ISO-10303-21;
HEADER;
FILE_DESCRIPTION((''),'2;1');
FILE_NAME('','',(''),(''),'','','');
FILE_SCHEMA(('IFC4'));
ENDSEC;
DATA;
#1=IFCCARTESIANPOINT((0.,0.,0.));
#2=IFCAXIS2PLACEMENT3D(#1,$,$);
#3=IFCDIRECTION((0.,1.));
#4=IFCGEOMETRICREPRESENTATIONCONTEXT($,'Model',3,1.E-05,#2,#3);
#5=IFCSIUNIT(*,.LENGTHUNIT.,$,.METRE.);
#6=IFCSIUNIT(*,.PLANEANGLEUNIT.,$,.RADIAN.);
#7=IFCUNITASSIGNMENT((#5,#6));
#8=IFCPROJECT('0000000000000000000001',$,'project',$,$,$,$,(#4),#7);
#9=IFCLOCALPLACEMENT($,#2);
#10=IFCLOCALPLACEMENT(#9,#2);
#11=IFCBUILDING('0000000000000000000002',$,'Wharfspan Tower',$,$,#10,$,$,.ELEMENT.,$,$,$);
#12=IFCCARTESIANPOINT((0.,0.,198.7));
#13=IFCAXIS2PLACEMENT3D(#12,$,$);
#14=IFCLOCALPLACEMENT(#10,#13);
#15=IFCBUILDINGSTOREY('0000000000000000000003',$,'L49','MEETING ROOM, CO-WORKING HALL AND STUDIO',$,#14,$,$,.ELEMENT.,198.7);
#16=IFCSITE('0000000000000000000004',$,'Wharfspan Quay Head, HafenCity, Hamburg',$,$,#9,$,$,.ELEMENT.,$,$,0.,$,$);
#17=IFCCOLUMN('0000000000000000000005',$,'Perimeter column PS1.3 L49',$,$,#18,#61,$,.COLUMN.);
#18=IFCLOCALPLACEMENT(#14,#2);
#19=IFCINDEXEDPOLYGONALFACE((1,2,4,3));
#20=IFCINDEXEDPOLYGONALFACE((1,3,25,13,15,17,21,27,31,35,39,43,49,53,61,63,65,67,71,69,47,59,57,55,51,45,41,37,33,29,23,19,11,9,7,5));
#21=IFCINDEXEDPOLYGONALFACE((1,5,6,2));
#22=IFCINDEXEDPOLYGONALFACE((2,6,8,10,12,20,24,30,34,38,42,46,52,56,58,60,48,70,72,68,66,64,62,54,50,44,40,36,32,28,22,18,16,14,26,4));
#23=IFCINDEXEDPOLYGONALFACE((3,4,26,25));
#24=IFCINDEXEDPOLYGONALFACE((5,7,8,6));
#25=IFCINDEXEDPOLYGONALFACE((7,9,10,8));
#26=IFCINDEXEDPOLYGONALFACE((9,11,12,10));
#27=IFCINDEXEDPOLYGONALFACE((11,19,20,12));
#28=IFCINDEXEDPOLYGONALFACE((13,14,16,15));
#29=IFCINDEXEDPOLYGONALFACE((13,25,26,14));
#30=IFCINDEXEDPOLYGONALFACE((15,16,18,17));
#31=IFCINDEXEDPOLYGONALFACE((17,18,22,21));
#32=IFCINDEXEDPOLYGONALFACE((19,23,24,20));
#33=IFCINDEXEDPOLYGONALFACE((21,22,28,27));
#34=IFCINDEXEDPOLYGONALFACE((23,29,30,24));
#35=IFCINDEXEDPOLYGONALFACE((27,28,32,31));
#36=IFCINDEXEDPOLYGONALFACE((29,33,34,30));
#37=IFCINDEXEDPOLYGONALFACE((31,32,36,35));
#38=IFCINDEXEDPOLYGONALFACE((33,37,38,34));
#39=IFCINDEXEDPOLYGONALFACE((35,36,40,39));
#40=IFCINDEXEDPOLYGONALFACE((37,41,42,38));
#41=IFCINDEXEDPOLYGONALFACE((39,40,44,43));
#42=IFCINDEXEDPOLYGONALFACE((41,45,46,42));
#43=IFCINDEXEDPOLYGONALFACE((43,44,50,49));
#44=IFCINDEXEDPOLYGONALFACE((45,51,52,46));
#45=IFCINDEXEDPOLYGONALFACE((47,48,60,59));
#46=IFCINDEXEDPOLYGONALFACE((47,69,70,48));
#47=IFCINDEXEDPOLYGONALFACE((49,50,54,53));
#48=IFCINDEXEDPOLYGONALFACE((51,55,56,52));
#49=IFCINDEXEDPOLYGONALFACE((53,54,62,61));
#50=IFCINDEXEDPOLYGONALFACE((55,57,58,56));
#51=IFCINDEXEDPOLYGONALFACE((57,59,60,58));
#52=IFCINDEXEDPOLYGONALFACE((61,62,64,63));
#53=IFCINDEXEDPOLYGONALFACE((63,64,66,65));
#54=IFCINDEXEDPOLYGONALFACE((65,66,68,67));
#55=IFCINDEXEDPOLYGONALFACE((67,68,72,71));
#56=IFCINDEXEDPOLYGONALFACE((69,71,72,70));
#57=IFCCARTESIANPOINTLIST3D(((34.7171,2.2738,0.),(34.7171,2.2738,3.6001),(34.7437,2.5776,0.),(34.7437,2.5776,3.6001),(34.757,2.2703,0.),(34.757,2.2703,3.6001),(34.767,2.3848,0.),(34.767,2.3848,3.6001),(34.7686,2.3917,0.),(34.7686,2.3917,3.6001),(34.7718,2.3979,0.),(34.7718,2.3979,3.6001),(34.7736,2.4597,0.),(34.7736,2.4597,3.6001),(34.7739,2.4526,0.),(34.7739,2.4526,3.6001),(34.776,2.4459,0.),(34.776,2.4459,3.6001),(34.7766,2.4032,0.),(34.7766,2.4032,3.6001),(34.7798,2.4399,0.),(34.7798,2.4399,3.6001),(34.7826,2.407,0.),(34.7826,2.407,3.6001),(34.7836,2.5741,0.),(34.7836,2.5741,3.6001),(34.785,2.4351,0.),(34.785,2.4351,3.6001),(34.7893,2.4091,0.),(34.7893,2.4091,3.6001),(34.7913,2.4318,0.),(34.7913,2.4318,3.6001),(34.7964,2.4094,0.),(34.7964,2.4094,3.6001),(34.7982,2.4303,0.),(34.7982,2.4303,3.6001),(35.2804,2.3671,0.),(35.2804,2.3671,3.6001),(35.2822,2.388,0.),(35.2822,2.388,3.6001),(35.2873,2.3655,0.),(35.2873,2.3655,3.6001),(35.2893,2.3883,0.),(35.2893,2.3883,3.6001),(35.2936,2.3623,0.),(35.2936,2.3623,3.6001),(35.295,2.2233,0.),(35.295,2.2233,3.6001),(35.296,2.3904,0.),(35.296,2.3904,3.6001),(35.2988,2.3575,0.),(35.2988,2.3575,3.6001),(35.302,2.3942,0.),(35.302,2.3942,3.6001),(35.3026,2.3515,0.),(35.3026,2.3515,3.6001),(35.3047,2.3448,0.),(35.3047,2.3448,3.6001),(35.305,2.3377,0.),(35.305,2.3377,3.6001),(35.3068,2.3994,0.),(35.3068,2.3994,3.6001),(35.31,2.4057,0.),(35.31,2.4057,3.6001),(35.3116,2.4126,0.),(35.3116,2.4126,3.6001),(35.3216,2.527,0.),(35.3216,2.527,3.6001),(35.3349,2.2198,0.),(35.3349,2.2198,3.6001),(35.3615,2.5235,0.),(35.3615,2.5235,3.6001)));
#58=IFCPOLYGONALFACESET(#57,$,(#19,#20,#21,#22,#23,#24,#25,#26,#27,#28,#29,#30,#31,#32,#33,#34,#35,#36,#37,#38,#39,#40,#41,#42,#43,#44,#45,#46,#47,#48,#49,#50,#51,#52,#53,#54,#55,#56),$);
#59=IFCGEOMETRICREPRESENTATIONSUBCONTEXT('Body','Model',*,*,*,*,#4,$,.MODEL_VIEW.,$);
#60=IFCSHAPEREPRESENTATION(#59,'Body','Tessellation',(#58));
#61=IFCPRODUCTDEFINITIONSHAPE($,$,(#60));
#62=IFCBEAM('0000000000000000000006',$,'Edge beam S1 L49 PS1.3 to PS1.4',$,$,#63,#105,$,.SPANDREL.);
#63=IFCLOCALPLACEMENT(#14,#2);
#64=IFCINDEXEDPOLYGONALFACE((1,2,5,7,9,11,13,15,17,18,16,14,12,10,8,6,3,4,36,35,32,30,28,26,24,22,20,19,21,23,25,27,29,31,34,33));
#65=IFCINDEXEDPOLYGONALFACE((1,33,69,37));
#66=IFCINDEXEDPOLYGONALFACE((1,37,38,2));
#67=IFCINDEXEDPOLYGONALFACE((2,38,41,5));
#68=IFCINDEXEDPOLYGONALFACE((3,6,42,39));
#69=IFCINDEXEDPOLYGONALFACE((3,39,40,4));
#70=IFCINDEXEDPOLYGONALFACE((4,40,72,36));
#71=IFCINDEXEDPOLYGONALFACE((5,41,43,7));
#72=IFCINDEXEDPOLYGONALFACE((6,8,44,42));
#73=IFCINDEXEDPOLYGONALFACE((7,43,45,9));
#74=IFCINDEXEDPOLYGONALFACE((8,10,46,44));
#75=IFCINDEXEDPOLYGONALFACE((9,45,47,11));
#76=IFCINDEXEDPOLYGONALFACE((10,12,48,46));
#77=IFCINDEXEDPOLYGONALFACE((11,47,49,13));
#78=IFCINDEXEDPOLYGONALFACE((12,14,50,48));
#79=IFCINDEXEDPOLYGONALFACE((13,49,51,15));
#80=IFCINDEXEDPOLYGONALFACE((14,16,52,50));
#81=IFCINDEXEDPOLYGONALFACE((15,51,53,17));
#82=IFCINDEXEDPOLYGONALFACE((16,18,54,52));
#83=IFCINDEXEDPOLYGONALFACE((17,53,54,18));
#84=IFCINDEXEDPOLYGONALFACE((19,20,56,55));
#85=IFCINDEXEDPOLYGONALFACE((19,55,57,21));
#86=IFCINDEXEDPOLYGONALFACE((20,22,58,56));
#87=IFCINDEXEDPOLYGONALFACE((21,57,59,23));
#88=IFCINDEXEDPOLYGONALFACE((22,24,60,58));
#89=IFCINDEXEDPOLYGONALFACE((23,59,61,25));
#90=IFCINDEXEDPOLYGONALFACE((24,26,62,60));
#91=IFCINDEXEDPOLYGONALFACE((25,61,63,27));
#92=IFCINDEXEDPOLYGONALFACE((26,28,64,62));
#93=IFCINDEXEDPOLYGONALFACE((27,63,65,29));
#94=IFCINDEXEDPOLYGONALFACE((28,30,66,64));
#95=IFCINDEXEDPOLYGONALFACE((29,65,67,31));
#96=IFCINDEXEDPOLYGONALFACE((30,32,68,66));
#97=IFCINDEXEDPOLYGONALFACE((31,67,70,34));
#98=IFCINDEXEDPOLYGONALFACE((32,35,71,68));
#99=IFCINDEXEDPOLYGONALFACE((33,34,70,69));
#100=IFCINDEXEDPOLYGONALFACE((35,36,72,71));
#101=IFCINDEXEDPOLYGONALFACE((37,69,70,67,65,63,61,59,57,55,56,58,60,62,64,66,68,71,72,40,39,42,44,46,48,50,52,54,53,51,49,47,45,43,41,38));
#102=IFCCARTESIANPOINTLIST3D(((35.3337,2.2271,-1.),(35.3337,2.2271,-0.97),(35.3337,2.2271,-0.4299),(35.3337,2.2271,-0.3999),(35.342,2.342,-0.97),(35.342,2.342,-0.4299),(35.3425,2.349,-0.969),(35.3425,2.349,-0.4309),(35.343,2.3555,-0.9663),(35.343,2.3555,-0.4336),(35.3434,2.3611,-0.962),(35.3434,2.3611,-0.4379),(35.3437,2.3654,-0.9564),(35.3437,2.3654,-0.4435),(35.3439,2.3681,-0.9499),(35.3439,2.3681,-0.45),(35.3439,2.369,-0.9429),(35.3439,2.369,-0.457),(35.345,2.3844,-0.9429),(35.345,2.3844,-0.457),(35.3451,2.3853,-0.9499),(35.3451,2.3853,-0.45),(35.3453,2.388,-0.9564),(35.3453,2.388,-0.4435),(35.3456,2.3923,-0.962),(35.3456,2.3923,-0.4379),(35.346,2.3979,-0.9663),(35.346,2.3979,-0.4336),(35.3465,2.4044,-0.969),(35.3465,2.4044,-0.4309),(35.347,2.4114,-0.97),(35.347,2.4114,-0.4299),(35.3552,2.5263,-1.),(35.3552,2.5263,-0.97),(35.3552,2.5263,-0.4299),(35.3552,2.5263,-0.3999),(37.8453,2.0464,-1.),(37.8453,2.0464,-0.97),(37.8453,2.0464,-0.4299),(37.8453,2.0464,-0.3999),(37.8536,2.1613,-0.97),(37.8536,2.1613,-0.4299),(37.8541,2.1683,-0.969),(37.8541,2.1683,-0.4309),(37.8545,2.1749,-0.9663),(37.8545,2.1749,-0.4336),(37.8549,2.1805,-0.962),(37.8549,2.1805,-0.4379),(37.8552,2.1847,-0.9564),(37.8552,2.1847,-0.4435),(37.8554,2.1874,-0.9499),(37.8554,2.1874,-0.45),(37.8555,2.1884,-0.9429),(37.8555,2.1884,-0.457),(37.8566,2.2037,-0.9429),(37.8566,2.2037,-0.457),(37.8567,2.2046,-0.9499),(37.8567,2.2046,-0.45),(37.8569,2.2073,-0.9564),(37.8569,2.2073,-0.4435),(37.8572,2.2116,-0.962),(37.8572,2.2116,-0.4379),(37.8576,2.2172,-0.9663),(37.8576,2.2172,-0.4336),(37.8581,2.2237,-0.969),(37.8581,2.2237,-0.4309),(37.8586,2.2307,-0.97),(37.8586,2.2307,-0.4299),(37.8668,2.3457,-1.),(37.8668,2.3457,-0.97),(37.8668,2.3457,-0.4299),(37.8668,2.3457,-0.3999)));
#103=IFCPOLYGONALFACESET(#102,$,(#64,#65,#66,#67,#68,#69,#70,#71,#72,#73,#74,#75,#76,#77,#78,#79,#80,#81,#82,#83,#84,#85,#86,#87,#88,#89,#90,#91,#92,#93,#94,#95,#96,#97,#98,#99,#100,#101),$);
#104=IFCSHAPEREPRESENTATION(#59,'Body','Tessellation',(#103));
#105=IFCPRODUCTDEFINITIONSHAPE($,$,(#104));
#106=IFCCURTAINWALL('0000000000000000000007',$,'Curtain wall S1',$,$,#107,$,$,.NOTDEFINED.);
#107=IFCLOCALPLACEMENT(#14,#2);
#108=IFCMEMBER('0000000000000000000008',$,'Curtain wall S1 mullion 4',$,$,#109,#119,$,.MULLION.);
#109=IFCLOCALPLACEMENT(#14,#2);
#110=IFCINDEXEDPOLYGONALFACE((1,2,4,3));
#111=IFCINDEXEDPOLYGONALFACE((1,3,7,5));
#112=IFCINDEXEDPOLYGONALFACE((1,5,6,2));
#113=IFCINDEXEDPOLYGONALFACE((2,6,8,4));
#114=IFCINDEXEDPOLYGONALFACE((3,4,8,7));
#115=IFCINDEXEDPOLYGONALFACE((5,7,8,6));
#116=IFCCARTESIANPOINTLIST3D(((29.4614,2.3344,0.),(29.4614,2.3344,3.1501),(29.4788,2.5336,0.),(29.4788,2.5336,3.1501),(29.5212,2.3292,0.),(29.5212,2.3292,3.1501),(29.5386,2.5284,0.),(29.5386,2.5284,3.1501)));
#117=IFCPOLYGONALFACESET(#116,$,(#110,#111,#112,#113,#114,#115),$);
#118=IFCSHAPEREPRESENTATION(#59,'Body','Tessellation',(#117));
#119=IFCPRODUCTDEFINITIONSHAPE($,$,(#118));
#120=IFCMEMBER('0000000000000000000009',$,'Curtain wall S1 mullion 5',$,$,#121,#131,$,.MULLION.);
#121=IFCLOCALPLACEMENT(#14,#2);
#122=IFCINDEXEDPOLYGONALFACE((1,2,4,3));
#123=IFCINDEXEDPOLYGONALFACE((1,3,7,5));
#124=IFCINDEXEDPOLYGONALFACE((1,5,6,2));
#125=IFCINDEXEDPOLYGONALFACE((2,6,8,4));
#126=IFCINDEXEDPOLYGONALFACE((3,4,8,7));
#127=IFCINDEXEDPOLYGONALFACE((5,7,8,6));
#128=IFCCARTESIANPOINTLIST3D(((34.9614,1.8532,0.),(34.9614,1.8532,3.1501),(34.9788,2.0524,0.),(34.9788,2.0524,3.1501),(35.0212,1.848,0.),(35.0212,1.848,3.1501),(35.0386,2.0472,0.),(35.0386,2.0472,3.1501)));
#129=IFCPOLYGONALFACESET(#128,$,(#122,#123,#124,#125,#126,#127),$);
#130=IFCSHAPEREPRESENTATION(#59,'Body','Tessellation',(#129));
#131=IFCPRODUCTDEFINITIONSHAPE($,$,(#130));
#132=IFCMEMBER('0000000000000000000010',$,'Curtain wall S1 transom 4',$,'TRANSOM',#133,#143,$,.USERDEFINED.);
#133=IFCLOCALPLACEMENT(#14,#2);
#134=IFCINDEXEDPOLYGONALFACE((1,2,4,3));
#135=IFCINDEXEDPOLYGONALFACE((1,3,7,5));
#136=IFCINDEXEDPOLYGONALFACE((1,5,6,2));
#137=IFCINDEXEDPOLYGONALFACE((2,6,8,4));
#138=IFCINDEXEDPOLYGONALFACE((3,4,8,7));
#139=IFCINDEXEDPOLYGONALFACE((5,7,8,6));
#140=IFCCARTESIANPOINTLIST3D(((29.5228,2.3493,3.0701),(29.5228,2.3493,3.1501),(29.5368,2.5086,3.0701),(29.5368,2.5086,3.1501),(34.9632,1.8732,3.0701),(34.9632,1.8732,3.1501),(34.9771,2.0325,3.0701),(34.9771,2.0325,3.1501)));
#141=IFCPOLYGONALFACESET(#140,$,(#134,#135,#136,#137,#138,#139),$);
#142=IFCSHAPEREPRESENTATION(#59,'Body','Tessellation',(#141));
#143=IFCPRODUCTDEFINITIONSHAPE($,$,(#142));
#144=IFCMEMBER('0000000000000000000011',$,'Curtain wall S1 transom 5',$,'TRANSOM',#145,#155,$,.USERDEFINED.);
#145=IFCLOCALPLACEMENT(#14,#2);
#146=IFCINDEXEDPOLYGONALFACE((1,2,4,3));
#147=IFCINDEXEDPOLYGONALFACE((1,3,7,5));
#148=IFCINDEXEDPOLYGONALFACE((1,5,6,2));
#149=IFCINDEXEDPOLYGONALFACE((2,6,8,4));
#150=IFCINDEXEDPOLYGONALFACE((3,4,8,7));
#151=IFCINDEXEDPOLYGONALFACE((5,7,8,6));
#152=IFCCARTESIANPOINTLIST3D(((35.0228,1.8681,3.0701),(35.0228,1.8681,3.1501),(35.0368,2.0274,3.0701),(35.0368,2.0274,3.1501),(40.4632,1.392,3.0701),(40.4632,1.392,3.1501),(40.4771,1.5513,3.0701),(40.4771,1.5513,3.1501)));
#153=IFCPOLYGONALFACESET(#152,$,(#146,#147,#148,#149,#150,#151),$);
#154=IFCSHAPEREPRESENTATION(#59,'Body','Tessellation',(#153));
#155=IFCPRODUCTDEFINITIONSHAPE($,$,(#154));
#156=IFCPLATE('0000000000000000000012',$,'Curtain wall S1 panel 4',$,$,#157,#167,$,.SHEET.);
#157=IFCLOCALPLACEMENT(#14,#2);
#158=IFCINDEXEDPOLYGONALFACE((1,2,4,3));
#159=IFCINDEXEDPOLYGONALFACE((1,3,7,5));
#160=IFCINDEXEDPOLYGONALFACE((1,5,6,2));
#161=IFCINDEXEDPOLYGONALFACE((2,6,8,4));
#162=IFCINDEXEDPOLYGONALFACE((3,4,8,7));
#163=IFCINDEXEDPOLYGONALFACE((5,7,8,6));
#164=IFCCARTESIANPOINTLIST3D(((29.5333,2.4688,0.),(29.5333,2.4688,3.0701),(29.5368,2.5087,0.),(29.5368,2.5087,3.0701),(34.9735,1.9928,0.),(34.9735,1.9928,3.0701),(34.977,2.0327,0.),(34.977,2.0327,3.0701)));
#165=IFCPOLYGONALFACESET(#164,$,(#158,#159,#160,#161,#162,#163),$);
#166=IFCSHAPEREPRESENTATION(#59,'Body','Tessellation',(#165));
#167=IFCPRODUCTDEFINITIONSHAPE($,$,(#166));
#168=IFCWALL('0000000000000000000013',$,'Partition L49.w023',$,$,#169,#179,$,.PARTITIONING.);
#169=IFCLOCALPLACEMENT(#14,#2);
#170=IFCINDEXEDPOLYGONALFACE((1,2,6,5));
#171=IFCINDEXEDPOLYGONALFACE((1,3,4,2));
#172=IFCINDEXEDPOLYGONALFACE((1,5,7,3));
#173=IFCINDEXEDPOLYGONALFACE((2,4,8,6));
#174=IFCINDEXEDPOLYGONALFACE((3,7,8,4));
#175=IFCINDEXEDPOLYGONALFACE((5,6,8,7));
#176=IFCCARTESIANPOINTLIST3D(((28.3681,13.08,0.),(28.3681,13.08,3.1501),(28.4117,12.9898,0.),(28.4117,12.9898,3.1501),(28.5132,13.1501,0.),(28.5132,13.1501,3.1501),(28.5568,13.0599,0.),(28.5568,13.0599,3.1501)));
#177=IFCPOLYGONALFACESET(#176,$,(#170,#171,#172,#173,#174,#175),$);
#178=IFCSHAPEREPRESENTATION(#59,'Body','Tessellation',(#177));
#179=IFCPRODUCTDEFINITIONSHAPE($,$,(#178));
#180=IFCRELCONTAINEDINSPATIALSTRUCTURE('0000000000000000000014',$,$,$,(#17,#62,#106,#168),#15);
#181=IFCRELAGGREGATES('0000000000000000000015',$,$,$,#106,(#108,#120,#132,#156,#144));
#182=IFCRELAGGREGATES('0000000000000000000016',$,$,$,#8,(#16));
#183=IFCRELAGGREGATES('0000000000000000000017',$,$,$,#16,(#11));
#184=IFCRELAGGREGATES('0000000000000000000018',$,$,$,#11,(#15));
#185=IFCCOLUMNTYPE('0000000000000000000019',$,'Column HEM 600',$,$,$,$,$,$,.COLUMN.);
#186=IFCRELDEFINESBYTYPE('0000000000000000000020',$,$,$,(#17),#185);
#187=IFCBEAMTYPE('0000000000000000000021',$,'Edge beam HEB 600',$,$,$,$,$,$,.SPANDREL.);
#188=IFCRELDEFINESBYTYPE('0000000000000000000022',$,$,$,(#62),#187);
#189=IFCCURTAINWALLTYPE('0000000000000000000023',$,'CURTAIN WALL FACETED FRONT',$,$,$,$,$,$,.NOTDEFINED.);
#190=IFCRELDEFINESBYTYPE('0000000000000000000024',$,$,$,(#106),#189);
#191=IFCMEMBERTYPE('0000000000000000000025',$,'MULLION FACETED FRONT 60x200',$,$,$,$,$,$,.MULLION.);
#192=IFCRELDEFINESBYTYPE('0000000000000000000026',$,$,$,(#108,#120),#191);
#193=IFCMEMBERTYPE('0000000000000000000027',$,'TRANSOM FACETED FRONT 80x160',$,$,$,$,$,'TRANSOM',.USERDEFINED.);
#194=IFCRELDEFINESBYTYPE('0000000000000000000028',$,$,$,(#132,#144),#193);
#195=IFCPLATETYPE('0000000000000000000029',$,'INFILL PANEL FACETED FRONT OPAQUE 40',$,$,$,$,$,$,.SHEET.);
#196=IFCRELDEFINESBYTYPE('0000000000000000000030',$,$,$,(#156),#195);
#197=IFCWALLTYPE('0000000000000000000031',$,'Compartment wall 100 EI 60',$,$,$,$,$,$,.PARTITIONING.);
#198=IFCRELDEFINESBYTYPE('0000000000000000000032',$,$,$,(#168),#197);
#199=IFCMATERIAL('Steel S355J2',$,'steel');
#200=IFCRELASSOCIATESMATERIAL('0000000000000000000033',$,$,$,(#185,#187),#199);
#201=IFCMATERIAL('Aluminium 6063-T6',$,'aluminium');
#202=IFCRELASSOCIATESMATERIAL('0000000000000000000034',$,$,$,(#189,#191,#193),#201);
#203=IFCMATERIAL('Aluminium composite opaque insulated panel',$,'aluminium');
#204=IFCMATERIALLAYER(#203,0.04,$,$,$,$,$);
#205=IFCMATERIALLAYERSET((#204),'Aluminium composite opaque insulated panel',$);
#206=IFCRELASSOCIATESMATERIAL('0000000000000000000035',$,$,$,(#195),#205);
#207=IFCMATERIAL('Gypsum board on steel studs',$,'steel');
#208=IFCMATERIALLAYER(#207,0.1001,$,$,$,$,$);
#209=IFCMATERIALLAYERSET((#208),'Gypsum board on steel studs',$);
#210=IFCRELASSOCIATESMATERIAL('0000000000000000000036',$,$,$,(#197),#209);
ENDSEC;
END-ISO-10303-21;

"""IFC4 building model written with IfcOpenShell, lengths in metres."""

from ifc_helpers import new_model, si_unit, direction, frame, frame_2d, origin, origin_2d, place, context, subcontext, project, spatial, rectangle, i_section, extrude, material, layer, layer_set, material_profile, profile_set, type_object, element, aggregate, save


model = new_model("IFC4")

# Units and contexts
model_context = context("Model", 3, precision=1e-05, world=origin(), true_north=direction((0.0, 1.0)))
body_context = subcontext(model_context, "Body", "Model", "MODEL_VIEW")
ifc_project = project(units=[si_unit("LENGTHUNIT", "METRE"), si_unit("PLANEANGLEUNIT", "RADIAN")], contexts=[model_context])

# Site, building, storey
site_placement = place(None, origin())
site = spatial("IfcSite", under=ifc_project, at=site_placement, Name="Wharfspan Quay Head, HafenCity, Hamburg", CompositionType="ELEMENT", RefElevation=0.0)
building_placement = place(site_placement, origin())
building = spatial("IfcBuilding", under=site, at=building_placement, Name="Wharfspan Tower", CompositionType="ELEMENT")
storey_placement = place(building_placement, frame((0.0, 0.0, 198.7)))
storey = spatial("IfcBuildingStorey", under=building, at=storey_placement, Name="L49", Description="MEETING ROOM, CO-WORKING HALL AND STUDIO", CompositionType="ELEMENT", Elevation=198.7)

# Column
ifc_material_1 = material(Name="Steel S355J2", Category="steel")
ifc_material_profile_1 = material_profile(ifc_material_1, i_section(OverallWidth=0.3049, OverallDepth=0.6201, WebThickness=0.021, FlangeThickness=0.04, FilletRadius=0.0271, at=origin_2d()))
ifc_profile_set_1 = profile_set([ifc_material_profile_1], Name="Steel S355J2")
column_type = type_object("IfcColumnType", Name="Column HEM 600", PredefinedType="COLUMN", material=ifc_profile_set_1)
column_placement = place(storey_placement, frame((35.0393, 2.3987, 0.0), z_axis=(0.0, 0.0, 1.0), x_axis=(-0.087156, -0.996198, 0.0)))
element("IfcColumn", 1, at=column_placement, inside=storey, type_object=column_type, Name="Perimeter column PS1.3 L49", PredefinedType="COLUMN", context=body_context, shape_type="SweptSolid", body=[
    extrude(i_section(OverallWidth=0.3049, OverallDepth=0.6201, WebThickness=0.021, FlangeThickness=0.04, FilletRadius=0.0271, at=origin_2d()), origin(), (0.0, 0.0, 1.0), 3.6001),
])

# Beam
ifc_material_profile_2 = material_profile(ifc_material_1, i_section(OverallWidth=0.3, OverallDepth=0.6001, WebThickness=0.0154, FlangeThickness=0.03, FilletRadius=0.0271, at=origin_2d()))
ifc_profile_set_2 = profile_set([ifc_material_profile_2], Name="Steel S355J2")
beam_type = type_object("IfcBeamType", Name="Edge beam HEB 600", PredefinedType="SPANDREL", material=ifc_profile_set_2)
beam_placement = place(storey_placement, frame((35.3445, 2.3767, -0.7), z_axis=(0.997423, -0.07175, 0.0), x_axis=(0.07175, 0.997423, 0.0)))
element("IfcBeam", 2, at=beam_placement, inside=storey, type_object=beam_type, Name="Edge beam S1 L49 PS1.3 to PS1.4", PredefinedType="SPANDREL", context=body_context, shape_type="SweptSolid", body=[
    extrude(i_section(OverallWidth=0.3, OverallDepth=0.6001, WebThickness=0.0154, FlangeThickness=0.03, FilletRadius=0.0271, at=origin_2d()), origin(), (0.0, 0.0, 1.0), 2.5181),
])

# Curtain wall, members, plate
ifc_material_2 = material(Name="Aluminium 6063-T6", Category="aluminium")
curtain_wall_type = type_object("IfcCurtainWallType", Name="CURTAIN WALL FACETED FRONT", PredefinedType="NOTDEFINED", material=ifc_material_2)
curtain_wall_placement = place(storey_placement, origin())
curtain_wall = element("IfcCurtainWall", 3, at=curtain_wall_placement, inside=storey, type_object=curtain_wall_type, Name="Curtain wall S1", PredefinedType="NOTDEFINED")
ifc_material_profile_3 = material_profile(ifc_material_2, rectangle(XDim=0.2, YDim=0.0601, at=origin_2d()))
ifc_profile_set_3 = profile_set([ifc_material_profile_3], Name="Aluminium 6063-T6")
member_type_1 = type_object("IfcMemberType", Name="MULLION FACETED FRONT 60x200", PredefinedType="MULLION", material=ifc_profile_set_3)
member_1_placement = place(storey_placement, frame((29.5, 2.4314, 0.0), z_axis=(0.0, 0.0, 1.0), x_axis=(0.087156, 0.996198, 0.0)))
member_1 = element("IfcMember", 4, at=member_1_placement, type_object=member_type_1, Name="Curtain wall S1 mullion 4", PredefinedType="MULLION", context=body_context, shape_type="SweptSolid", body=[
    extrude(rectangle(XDim=0.2, YDim=0.0601, at=origin_2d()), origin(), (0.0, 0.0, 1.0), 3.1501),
])
member_2_placement = place(storey_placement, frame((35.0, 1.9502, 0.0), z_axis=(0.0, 0.0, 1.0), x_axis=(0.087156, 0.996198, 0.0)))
member_2 = element("IfcMember", 5, at=member_2_placement, type_object=member_type_1, Name="Curtain wall S1 mullion 5", PredefinedType="MULLION", context=body_context, shape_type="SweptSolid", body=[
    extrude(rectangle(XDim=0.2, YDim=0.0601, at=origin_2d()), origin(), (0.0, 0.0, 1.0), 3.1501),
])
ifc_material_profile_4 = material_profile(ifc_material_2, rectangle(XDim=0.1599, YDim=0.0801, at=origin_2d()))
ifc_profile_set_4 = profile_set([ifc_material_profile_4], Name="Aluminium 6063-T6")
member_type_2 = type_object("IfcMemberType", Name="TRANSOM FACETED FRONT 80x160", ElementType="TRANSOM", PredefinedType="USERDEFINED", material=ifc_profile_set_4)
member_3_placement = place(storey_placement, frame((29.5298, 2.429, 3.1101), z_axis=(0.996193, -0.087174, 0.0), x_axis=(0.087174, 0.996193, 0.0)))
member_3 = element("IfcMember", 6, at=member_3_placement, type_object=member_type_2, Name="Curtain wall S1 transom 4", ObjectType="TRANSOM", PredefinedType="USERDEFINED", context=body_context, shape_type="SweptSolid", body=[
    extrude(rectangle(XDim=0.1599, YDim=0.0801, at=origin_2d()), origin(), (0.0, 0.0, 1.0), 5.4612),
])
member_4_placement = place(storey_placement, frame((35.0298, 1.9478, 3.1101), z_axis=(0.996193, -0.087174, 0.0), x_axis=(0.087174, 0.996193, 0.0)))
member_4 = element("IfcMember", 7, at=member_4_placement, type_object=member_type_2, Name="Curtain wall S1 transom 5", ObjectType="TRANSOM", PredefinedType="USERDEFINED", context=body_context, shape_type="SweptSolid", body=[
    extrude(rectangle(XDim=0.1599, YDim=0.0801, at=origin_2d()), origin(), (0.0, 0.0, 1.0), 5.4612),
])
ifc_material_3 = material(Name="Aluminium composite opaque insulated panel", Category="aluminium")
ifc_layer_1 = layer(ifc_material_3, 0.04)
ifc_layer_set_1 = layer_set([ifc_layer_1], Name="Aluminium composite opaque insulated panel")
plate_type = type_object("IfcPlateType", Name="INFILL PANEL FACETED FRONT OPAQUE 40", PredefinedType="SHEET", material=ifc_layer_set_1)
plate_placement = place(storey_placement, frame((32.2551, 2.2507, 0.0), z_axis=(0.0, 0.0, 1.0), x_axis=(0.996198, -0.087156, 0.0)))
plate = element("IfcPlate", 8, at=plate_placement, type_object=plate_type, Name="Curtain wall S1 panel 4", PredefinedType="SHEET", context=body_context, shape_type="SweptSolid", body=[
    extrude(rectangle(XDim=5.4609, YDim=0.04, at=origin_2d()), origin(), (0.0, 0.0, 1.0), 3.0701),
])
aggregate(curtain_wall, [member_1, member_2, member_3, plate, member_4])

# Wall
ifc_material_4 = material(Name="Gypsum board on steel studs", Category="steel")
ifc_layer_2 = layer(ifc_material_4, 0.1001)
ifc_layer_set_2 = layer_set([ifc_layer_2], Name="Gypsum board on steel studs")
wall_type_1 = type_object("IfcWallType", Name="Compartment wall 100 EI 60", PredefinedType="PARTITIONING", material=ifc_layer_set_2)
wall_1_placement = place(storey_placement, frame((28.3899, 13.0349, 0.0), z_axis=(0.0, 0.0, 1.0), x_axis=(0.900411, 0.435047, 0.0)))
element("IfcWall", 9, at=wall_1_placement, inside=storey, type_object=wall_type_1, Name="Partition L49.w023", PredefinedType="PARTITIONING", context=body_context, shape_type="SweptSolid", body=[
    extrude(rectangle(XDim=0.1611, YDim=0.1001, at=frame_2d((0.0806, 0.0))), origin(), (0.0, 0.0, 1.0), 3.1501),
])

save(model, "model.ifc")
